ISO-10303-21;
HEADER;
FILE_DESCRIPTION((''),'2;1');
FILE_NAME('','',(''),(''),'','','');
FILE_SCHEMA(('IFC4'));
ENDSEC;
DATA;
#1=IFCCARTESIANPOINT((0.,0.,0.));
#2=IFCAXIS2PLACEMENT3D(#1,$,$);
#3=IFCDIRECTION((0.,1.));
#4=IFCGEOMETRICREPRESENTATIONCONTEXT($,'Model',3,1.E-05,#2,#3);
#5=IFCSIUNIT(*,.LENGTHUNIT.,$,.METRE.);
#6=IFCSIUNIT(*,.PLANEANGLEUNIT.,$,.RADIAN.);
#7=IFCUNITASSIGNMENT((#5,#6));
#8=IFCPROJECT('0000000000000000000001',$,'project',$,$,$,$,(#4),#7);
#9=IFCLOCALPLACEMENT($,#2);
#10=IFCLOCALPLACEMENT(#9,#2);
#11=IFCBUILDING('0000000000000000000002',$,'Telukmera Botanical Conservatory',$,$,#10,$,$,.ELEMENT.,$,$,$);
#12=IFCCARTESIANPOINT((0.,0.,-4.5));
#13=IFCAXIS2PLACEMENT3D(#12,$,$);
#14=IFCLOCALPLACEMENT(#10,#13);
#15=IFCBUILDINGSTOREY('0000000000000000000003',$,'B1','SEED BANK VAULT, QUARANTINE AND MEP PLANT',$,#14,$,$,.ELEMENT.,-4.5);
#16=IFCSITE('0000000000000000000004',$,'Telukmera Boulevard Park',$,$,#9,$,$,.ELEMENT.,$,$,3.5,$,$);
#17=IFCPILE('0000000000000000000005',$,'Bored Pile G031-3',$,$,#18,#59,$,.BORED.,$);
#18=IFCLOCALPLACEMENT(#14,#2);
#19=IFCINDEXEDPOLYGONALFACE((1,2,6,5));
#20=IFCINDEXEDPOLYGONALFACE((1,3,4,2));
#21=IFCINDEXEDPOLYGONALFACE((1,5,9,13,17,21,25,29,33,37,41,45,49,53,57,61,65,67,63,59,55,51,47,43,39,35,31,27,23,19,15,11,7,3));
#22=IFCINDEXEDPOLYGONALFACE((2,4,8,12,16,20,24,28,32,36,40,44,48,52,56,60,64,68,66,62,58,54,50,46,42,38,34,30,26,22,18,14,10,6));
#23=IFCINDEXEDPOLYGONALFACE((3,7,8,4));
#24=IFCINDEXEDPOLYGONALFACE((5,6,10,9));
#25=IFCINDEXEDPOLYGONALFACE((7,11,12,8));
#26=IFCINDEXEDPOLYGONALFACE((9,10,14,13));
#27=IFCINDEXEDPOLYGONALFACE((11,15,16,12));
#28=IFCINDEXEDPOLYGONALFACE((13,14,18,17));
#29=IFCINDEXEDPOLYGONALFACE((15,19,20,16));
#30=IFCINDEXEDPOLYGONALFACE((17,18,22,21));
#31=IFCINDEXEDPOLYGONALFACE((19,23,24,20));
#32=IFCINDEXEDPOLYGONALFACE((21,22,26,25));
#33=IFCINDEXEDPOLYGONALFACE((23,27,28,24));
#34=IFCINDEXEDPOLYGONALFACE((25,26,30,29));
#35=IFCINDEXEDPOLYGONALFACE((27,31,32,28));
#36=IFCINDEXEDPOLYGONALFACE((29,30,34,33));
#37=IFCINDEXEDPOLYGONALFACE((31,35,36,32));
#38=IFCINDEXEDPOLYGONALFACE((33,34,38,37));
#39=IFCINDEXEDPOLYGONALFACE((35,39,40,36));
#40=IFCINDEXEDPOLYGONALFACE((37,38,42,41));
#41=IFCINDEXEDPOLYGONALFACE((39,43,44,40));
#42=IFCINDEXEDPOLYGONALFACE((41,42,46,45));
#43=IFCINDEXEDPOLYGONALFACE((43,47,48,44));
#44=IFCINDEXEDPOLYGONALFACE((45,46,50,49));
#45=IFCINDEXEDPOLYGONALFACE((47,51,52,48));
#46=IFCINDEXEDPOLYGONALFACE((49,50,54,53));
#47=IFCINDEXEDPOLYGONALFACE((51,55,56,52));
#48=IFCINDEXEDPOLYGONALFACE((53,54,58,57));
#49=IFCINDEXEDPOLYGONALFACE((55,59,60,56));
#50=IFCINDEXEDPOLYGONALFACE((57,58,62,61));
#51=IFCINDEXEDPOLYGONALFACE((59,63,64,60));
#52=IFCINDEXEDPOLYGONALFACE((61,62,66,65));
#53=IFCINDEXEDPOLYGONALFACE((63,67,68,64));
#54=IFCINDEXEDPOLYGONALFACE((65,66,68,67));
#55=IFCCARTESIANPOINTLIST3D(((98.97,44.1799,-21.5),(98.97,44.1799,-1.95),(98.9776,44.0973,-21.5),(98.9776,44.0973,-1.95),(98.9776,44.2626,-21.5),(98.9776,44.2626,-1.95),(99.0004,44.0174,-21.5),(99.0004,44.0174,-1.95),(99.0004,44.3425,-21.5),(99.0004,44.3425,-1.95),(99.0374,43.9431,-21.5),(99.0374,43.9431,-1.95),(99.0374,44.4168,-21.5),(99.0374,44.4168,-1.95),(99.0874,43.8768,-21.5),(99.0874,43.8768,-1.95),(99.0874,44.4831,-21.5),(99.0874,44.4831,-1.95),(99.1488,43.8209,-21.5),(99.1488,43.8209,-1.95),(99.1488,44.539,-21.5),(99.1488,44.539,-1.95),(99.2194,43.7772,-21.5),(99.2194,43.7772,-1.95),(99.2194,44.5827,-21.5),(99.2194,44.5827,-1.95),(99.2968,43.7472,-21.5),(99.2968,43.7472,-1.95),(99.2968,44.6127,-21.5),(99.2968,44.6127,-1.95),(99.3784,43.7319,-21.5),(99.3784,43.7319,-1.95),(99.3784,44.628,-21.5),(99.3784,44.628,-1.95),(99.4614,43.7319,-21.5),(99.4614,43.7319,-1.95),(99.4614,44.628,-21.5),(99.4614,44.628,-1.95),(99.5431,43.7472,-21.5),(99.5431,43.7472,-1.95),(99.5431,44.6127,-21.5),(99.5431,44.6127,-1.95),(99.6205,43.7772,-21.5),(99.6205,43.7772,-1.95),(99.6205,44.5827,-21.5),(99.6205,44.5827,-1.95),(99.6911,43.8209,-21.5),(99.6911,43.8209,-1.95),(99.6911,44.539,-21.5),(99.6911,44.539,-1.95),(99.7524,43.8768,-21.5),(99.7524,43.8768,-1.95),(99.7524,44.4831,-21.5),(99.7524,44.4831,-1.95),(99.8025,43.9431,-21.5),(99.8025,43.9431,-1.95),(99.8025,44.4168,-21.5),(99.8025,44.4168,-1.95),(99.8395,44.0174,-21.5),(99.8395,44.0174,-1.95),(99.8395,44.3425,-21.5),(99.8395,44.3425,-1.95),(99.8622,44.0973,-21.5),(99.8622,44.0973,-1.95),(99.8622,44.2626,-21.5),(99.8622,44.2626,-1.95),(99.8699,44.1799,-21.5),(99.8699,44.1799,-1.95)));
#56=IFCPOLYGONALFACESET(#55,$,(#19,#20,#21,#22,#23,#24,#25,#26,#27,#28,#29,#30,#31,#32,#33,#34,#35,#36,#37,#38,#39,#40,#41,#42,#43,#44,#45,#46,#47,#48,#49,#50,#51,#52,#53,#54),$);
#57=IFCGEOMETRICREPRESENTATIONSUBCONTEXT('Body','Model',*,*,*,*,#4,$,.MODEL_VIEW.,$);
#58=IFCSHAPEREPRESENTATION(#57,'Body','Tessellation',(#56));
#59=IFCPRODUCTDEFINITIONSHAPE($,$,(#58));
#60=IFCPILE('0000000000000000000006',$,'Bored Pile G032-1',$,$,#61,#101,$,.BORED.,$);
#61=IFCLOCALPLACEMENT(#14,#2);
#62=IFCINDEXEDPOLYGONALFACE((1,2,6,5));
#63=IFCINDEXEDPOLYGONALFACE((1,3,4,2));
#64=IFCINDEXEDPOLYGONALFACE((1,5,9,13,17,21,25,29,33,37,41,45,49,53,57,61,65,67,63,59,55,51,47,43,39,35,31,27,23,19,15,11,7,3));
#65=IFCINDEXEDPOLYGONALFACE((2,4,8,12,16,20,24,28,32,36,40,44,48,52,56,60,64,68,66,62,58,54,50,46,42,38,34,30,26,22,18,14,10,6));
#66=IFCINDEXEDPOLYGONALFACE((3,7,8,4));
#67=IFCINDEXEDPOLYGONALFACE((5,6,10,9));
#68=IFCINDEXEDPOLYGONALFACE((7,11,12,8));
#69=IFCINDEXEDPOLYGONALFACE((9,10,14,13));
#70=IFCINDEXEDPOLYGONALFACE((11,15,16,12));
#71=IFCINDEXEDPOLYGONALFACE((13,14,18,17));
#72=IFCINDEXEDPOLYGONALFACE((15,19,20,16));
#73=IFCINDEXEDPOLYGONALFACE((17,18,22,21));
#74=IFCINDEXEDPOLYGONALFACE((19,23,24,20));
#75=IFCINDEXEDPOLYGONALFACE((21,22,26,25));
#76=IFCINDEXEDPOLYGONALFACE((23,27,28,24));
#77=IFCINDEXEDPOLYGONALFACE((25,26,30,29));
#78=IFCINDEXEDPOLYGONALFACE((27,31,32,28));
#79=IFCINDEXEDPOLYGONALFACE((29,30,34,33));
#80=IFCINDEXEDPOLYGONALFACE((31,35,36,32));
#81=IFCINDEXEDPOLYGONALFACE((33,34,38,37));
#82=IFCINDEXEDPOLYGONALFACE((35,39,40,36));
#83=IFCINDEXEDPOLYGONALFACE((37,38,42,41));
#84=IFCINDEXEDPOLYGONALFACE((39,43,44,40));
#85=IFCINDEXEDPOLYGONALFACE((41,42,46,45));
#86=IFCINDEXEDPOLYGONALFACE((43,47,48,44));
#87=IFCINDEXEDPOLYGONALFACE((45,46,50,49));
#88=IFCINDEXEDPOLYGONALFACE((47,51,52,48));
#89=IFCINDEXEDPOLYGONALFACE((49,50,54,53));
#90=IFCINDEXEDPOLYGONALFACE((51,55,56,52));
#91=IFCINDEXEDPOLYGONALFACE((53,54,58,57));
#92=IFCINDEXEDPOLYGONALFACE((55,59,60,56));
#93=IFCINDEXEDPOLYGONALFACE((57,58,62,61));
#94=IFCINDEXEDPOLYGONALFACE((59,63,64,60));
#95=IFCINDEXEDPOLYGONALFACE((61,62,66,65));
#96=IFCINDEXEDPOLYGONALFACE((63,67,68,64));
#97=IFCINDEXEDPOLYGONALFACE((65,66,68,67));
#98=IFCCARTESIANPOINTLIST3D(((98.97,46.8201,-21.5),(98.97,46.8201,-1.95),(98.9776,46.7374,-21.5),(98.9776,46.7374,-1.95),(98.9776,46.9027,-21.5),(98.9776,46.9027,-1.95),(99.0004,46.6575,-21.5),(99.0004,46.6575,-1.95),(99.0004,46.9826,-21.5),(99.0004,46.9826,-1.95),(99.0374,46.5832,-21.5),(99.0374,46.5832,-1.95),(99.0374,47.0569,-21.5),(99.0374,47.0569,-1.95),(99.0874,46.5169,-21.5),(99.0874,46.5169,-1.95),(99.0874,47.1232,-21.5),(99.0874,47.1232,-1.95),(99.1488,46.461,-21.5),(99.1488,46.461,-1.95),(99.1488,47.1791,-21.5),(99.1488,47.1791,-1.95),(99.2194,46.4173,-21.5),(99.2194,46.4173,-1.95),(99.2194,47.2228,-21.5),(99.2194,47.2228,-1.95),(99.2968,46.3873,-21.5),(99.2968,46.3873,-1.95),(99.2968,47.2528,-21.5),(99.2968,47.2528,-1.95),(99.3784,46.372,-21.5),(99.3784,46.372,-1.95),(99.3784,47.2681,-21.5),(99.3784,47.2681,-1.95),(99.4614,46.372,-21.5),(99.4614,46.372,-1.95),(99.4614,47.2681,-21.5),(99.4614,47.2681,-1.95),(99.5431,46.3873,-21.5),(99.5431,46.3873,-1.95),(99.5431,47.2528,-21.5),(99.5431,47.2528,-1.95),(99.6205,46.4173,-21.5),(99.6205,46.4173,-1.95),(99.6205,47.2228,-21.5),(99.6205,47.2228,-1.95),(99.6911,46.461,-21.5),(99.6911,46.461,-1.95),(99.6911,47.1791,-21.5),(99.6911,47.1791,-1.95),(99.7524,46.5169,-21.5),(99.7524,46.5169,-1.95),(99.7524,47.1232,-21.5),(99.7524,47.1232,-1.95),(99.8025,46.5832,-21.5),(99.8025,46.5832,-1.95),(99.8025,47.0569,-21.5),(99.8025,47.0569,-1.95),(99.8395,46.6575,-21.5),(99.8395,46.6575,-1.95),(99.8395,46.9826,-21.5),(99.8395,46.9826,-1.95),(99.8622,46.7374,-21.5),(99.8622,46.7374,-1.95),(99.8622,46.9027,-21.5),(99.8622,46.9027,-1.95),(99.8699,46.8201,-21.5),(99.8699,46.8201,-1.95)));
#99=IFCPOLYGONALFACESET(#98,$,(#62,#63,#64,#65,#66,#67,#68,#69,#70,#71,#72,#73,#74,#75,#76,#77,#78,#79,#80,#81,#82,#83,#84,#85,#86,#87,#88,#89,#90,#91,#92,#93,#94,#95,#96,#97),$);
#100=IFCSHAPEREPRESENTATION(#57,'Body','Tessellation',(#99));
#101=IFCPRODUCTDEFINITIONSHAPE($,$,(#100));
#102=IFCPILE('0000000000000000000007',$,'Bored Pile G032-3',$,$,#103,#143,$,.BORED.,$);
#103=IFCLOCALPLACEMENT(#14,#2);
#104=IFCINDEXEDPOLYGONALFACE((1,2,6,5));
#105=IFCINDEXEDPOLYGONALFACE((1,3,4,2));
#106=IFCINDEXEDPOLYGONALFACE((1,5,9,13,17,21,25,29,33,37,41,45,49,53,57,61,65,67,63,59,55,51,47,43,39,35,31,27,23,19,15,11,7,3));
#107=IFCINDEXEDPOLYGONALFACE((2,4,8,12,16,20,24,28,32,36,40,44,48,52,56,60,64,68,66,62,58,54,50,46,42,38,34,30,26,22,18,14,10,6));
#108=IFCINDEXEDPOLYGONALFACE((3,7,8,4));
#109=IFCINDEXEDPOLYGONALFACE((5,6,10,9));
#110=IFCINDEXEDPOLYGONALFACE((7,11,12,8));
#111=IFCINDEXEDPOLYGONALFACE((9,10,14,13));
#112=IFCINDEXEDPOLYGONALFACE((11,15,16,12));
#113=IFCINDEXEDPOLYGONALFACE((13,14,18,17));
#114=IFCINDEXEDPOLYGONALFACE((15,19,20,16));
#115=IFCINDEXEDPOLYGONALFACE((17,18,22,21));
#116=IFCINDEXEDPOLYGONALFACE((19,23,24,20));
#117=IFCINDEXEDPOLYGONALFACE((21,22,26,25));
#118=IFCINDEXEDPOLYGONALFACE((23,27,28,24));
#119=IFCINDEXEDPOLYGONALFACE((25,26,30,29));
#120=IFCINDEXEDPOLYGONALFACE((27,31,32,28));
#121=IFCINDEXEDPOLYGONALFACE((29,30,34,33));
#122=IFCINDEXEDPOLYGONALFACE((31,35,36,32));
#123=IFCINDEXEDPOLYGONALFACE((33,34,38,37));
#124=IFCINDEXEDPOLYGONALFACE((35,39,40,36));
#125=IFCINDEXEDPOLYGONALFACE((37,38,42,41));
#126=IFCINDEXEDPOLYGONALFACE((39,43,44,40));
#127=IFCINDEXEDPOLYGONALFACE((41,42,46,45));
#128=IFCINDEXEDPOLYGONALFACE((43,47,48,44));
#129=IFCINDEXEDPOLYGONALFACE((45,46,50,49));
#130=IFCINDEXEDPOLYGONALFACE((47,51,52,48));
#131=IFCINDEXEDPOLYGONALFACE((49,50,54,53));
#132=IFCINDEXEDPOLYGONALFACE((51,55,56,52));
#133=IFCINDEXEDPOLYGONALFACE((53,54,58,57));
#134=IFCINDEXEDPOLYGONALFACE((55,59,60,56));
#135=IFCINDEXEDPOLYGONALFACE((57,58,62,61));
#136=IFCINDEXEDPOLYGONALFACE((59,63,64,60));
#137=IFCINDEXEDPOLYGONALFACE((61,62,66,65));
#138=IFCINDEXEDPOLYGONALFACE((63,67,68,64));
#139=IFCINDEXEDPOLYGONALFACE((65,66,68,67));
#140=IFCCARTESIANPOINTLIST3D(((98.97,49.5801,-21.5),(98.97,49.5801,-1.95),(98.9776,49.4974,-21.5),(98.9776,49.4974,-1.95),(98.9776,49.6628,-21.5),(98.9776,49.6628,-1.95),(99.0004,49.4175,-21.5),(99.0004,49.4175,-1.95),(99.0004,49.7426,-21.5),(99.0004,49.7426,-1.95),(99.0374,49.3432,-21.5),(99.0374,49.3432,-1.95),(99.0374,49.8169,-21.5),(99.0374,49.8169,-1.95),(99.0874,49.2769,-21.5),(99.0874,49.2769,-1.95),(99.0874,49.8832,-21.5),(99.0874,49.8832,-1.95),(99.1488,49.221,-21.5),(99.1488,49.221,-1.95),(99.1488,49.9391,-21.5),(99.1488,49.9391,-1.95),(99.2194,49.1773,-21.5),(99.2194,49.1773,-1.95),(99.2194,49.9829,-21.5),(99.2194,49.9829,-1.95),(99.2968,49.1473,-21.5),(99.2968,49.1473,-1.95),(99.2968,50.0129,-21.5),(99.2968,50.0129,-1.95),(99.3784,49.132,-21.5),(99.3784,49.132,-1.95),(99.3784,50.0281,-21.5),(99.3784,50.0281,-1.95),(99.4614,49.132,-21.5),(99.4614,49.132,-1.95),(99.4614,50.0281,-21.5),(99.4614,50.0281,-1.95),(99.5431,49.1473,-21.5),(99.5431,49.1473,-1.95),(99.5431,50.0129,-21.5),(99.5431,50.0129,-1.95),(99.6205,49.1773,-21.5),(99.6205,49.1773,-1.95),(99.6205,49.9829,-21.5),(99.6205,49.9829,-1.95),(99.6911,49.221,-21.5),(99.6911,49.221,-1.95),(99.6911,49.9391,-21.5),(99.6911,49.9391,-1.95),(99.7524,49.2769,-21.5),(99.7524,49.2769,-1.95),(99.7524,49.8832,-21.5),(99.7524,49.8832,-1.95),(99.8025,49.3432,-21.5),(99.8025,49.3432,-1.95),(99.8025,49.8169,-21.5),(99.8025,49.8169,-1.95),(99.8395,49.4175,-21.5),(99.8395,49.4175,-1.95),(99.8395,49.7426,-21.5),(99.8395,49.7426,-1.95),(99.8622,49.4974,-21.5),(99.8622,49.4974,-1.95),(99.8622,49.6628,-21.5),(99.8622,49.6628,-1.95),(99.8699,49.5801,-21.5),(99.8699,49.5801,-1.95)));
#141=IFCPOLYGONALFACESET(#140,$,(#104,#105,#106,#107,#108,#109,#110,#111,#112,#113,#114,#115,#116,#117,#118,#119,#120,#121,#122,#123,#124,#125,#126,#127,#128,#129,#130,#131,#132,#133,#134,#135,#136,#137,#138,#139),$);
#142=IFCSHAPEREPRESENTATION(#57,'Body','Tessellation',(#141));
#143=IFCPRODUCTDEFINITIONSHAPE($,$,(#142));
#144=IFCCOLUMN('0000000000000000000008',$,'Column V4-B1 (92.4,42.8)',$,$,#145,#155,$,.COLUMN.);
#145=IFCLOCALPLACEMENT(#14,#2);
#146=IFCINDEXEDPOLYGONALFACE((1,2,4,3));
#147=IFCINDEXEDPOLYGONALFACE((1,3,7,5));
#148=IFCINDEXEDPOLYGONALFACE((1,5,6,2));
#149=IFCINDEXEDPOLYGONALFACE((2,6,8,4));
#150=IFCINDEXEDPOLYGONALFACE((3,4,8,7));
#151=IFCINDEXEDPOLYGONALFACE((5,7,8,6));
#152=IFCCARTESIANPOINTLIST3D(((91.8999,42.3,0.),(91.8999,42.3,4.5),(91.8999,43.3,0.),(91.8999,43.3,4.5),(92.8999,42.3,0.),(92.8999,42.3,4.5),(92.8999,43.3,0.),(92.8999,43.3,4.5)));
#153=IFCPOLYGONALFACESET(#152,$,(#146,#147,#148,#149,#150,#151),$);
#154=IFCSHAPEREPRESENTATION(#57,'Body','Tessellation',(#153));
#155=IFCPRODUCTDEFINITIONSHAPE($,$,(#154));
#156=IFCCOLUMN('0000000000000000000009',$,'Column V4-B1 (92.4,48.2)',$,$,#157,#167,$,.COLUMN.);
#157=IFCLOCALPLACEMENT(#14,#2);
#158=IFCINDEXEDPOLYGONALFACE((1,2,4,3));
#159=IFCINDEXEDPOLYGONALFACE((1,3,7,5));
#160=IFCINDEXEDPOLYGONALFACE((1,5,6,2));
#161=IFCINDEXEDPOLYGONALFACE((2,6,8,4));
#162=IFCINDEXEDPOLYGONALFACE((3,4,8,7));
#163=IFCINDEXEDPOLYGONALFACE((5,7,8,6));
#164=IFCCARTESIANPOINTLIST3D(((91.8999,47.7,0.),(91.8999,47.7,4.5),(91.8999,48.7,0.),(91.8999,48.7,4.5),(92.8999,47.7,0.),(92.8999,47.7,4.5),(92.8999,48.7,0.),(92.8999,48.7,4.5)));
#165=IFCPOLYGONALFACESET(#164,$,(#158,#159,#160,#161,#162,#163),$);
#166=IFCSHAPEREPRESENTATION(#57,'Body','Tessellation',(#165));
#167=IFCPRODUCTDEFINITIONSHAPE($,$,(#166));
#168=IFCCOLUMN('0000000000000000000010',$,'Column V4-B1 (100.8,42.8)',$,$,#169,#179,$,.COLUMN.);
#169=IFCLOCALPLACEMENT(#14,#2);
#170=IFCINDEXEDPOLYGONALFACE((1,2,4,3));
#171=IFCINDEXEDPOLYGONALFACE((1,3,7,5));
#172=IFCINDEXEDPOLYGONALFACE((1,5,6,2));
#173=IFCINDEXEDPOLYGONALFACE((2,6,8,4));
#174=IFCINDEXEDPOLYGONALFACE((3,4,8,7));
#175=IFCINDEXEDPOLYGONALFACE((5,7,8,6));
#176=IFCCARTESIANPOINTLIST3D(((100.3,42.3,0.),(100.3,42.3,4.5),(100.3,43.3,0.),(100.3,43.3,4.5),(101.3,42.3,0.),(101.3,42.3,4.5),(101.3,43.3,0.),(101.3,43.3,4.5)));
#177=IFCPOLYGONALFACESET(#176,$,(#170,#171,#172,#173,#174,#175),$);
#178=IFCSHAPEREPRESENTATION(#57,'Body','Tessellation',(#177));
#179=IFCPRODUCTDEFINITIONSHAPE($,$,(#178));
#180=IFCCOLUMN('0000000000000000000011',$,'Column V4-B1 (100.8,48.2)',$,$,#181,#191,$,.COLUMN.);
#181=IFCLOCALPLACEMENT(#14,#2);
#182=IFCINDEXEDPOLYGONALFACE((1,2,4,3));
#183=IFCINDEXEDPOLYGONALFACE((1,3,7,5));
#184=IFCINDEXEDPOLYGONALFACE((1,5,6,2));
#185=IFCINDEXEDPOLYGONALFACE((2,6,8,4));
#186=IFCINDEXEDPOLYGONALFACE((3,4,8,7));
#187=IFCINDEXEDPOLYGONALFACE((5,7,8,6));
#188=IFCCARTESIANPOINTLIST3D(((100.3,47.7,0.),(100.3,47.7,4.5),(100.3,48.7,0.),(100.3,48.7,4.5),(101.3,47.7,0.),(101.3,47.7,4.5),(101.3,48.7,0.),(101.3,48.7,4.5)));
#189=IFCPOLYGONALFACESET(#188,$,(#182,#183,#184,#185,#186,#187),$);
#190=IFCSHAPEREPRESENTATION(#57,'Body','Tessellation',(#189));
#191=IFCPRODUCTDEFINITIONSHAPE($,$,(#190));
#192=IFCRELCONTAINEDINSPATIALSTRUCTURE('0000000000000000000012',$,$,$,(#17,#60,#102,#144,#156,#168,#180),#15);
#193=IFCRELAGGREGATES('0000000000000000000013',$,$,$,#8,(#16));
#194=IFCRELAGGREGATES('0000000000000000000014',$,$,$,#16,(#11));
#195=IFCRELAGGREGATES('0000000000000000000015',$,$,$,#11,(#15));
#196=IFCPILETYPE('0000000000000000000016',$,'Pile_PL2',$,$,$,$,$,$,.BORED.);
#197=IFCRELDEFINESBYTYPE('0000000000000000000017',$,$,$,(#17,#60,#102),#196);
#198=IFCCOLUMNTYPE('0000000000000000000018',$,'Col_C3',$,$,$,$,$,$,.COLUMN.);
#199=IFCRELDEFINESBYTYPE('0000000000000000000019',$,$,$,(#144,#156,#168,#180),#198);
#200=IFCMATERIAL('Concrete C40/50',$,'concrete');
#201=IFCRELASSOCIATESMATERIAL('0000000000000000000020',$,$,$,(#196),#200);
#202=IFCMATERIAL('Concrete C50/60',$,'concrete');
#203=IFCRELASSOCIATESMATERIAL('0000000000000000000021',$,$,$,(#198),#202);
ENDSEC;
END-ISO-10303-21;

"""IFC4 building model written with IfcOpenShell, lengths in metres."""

from ifc_helpers import new_model, si_unit, direction, frame, origin, origin_2d, place, context, subcontext, project, spatial, rectangle, circle, extrude, material, material_profile, profile_set, type_object, element, save


model = new_model("IFC4")

# Units and contexts
model_context = context("Model", 3, precision=1e-05, world=origin(), true_north=direction((0.0, 1.0)))
body_context = subcontext(model_context, "Body", "Model", "MODEL_VIEW")
ifc_project = project(units=[si_unit("LENGTHUNIT", "METRE"), si_unit("PLANEANGLEUNIT", "RADIAN")], contexts=[model_context])

# Site, building, storey
site_placement = place(None, origin())
site = spatial("IfcSite", under=ifc_project, at=site_placement, Name="Telukmera Boulevard Park", CompositionType="ELEMENT", RefElevation=3.5)
building_placement = place(site_placement, origin())
building = spatial("IfcBuilding", under=site, at=building_placement, Name="Telukmera Botanical Conservatory", CompositionType="ELEMENT")
storey_placement = place(building_placement, frame((0.0, 0.0, -4.5)))
storey = spatial("IfcBuildingStorey", under=building, at=storey_placement, Name="B1", Description="SEED BANK VAULT, QUARANTINE AND MEP PLANT", CompositionType="ELEMENT", Elevation=-4.5)

# Shared definitions
ifc_material_1 = material(Name="Concrete C50/60", Category="concrete")
ifc_material_2 = material(Name="Concrete C40/50", Category="concrete")

# Piles
ifc_material_profile_1 = material_profile(ifc_material_2, circle(Radius=0.45, at=origin_2d()), Name="PILE D900")
ifc_profile_set_1 = profile_set([ifc_material_profile_1], Name="Concrete C40/50")
pile_type = type_object("IfcPileType", Name="Pile_PL2", PredefinedType="BORED", material=ifc_profile_set_1)
for number, where, z_axis, x_axis, name in (
    (1, (99.4199, 44.1799, -1.95), (0.0, 0.0, -1.0), (1.0, 0.0, 0.0), "Bored Pile G031-3"),
    (2, (99.4199, 46.8201, -1.95), (0.0, 0.0, -1.0), (1.0, 0.0, 0.0), "Bored Pile G032-1"),
    (3, (99.4199, 49.5801, -1.95), (0.0, 0.0, -1.0), (1.0, 0.0, 0.0), "Bored Pile G032-3"),
):
    element("IfcPile", number, at=place(storey_placement, frame(where, z_axis=z_axis, x_axis=x_axis)), inside=storey, type_object=pile_type, Name=name, PredefinedType="BORED", context=body_context, shape_type="SweptSolid", body=[
        extrude(circle(Radius=0.45, at=origin_2d()), origin(), (0.0, 0.0, 1.0), 19.55),
    ])

# Columns
ifc_material_profile_2 = material_profile(ifc_material_1, rectangle(XDim=1.0, YDim=1.0, at=origin_2d()), Name="RC 1000x1000")
ifc_profile_set_2 = profile_set([ifc_material_profile_2], Name="Concrete C50/60")
column_type = type_object("IfcColumnType", Name="Col_C3", PredefinedType="COLUMN", material=ifc_profile_set_2)
for number, where, z_axis, x_axis, name in (
    (4, (92.3999, 42.8, 0.0), (0.0, 0.0, 1.0), (1.0, 0.0, 0.0), "Column V4-B1 (92.4,42.8)"),
    (5, (92.3999, 48.2, 0.0), (0.0, 0.0, 1.0), (1.0, 0.0, 0.0), "Column V4-B1 (92.4,48.2)"),
    (6, (100.8, 42.8, 0.0), (0.0, 0.0, 1.0), (1.0, 0.0, 0.0), "Column V4-B1 (100.8,42.8)"),
    (7, (100.8, 48.2, 0.0), (0.0, 0.0, 1.0), (1.0, 0.0, 0.0), "Column V4-B1 (100.8,48.2)"),
):
    element("IfcColumn", number, at=place(storey_placement, frame(where, z_axis=z_axis, x_axis=x_axis)), inside=storey, type_object=column_type, Name=name, PredefinedType="COLUMN", context=body_context, shape_type="SweptSolid", body=[
        extrude(rectangle(XDim=1.0, YDim=1.0, at=origin_2d()), origin(), (0.0, 0.0, 1.0), 4.5),
    ])

save(model, "model.ifc")
